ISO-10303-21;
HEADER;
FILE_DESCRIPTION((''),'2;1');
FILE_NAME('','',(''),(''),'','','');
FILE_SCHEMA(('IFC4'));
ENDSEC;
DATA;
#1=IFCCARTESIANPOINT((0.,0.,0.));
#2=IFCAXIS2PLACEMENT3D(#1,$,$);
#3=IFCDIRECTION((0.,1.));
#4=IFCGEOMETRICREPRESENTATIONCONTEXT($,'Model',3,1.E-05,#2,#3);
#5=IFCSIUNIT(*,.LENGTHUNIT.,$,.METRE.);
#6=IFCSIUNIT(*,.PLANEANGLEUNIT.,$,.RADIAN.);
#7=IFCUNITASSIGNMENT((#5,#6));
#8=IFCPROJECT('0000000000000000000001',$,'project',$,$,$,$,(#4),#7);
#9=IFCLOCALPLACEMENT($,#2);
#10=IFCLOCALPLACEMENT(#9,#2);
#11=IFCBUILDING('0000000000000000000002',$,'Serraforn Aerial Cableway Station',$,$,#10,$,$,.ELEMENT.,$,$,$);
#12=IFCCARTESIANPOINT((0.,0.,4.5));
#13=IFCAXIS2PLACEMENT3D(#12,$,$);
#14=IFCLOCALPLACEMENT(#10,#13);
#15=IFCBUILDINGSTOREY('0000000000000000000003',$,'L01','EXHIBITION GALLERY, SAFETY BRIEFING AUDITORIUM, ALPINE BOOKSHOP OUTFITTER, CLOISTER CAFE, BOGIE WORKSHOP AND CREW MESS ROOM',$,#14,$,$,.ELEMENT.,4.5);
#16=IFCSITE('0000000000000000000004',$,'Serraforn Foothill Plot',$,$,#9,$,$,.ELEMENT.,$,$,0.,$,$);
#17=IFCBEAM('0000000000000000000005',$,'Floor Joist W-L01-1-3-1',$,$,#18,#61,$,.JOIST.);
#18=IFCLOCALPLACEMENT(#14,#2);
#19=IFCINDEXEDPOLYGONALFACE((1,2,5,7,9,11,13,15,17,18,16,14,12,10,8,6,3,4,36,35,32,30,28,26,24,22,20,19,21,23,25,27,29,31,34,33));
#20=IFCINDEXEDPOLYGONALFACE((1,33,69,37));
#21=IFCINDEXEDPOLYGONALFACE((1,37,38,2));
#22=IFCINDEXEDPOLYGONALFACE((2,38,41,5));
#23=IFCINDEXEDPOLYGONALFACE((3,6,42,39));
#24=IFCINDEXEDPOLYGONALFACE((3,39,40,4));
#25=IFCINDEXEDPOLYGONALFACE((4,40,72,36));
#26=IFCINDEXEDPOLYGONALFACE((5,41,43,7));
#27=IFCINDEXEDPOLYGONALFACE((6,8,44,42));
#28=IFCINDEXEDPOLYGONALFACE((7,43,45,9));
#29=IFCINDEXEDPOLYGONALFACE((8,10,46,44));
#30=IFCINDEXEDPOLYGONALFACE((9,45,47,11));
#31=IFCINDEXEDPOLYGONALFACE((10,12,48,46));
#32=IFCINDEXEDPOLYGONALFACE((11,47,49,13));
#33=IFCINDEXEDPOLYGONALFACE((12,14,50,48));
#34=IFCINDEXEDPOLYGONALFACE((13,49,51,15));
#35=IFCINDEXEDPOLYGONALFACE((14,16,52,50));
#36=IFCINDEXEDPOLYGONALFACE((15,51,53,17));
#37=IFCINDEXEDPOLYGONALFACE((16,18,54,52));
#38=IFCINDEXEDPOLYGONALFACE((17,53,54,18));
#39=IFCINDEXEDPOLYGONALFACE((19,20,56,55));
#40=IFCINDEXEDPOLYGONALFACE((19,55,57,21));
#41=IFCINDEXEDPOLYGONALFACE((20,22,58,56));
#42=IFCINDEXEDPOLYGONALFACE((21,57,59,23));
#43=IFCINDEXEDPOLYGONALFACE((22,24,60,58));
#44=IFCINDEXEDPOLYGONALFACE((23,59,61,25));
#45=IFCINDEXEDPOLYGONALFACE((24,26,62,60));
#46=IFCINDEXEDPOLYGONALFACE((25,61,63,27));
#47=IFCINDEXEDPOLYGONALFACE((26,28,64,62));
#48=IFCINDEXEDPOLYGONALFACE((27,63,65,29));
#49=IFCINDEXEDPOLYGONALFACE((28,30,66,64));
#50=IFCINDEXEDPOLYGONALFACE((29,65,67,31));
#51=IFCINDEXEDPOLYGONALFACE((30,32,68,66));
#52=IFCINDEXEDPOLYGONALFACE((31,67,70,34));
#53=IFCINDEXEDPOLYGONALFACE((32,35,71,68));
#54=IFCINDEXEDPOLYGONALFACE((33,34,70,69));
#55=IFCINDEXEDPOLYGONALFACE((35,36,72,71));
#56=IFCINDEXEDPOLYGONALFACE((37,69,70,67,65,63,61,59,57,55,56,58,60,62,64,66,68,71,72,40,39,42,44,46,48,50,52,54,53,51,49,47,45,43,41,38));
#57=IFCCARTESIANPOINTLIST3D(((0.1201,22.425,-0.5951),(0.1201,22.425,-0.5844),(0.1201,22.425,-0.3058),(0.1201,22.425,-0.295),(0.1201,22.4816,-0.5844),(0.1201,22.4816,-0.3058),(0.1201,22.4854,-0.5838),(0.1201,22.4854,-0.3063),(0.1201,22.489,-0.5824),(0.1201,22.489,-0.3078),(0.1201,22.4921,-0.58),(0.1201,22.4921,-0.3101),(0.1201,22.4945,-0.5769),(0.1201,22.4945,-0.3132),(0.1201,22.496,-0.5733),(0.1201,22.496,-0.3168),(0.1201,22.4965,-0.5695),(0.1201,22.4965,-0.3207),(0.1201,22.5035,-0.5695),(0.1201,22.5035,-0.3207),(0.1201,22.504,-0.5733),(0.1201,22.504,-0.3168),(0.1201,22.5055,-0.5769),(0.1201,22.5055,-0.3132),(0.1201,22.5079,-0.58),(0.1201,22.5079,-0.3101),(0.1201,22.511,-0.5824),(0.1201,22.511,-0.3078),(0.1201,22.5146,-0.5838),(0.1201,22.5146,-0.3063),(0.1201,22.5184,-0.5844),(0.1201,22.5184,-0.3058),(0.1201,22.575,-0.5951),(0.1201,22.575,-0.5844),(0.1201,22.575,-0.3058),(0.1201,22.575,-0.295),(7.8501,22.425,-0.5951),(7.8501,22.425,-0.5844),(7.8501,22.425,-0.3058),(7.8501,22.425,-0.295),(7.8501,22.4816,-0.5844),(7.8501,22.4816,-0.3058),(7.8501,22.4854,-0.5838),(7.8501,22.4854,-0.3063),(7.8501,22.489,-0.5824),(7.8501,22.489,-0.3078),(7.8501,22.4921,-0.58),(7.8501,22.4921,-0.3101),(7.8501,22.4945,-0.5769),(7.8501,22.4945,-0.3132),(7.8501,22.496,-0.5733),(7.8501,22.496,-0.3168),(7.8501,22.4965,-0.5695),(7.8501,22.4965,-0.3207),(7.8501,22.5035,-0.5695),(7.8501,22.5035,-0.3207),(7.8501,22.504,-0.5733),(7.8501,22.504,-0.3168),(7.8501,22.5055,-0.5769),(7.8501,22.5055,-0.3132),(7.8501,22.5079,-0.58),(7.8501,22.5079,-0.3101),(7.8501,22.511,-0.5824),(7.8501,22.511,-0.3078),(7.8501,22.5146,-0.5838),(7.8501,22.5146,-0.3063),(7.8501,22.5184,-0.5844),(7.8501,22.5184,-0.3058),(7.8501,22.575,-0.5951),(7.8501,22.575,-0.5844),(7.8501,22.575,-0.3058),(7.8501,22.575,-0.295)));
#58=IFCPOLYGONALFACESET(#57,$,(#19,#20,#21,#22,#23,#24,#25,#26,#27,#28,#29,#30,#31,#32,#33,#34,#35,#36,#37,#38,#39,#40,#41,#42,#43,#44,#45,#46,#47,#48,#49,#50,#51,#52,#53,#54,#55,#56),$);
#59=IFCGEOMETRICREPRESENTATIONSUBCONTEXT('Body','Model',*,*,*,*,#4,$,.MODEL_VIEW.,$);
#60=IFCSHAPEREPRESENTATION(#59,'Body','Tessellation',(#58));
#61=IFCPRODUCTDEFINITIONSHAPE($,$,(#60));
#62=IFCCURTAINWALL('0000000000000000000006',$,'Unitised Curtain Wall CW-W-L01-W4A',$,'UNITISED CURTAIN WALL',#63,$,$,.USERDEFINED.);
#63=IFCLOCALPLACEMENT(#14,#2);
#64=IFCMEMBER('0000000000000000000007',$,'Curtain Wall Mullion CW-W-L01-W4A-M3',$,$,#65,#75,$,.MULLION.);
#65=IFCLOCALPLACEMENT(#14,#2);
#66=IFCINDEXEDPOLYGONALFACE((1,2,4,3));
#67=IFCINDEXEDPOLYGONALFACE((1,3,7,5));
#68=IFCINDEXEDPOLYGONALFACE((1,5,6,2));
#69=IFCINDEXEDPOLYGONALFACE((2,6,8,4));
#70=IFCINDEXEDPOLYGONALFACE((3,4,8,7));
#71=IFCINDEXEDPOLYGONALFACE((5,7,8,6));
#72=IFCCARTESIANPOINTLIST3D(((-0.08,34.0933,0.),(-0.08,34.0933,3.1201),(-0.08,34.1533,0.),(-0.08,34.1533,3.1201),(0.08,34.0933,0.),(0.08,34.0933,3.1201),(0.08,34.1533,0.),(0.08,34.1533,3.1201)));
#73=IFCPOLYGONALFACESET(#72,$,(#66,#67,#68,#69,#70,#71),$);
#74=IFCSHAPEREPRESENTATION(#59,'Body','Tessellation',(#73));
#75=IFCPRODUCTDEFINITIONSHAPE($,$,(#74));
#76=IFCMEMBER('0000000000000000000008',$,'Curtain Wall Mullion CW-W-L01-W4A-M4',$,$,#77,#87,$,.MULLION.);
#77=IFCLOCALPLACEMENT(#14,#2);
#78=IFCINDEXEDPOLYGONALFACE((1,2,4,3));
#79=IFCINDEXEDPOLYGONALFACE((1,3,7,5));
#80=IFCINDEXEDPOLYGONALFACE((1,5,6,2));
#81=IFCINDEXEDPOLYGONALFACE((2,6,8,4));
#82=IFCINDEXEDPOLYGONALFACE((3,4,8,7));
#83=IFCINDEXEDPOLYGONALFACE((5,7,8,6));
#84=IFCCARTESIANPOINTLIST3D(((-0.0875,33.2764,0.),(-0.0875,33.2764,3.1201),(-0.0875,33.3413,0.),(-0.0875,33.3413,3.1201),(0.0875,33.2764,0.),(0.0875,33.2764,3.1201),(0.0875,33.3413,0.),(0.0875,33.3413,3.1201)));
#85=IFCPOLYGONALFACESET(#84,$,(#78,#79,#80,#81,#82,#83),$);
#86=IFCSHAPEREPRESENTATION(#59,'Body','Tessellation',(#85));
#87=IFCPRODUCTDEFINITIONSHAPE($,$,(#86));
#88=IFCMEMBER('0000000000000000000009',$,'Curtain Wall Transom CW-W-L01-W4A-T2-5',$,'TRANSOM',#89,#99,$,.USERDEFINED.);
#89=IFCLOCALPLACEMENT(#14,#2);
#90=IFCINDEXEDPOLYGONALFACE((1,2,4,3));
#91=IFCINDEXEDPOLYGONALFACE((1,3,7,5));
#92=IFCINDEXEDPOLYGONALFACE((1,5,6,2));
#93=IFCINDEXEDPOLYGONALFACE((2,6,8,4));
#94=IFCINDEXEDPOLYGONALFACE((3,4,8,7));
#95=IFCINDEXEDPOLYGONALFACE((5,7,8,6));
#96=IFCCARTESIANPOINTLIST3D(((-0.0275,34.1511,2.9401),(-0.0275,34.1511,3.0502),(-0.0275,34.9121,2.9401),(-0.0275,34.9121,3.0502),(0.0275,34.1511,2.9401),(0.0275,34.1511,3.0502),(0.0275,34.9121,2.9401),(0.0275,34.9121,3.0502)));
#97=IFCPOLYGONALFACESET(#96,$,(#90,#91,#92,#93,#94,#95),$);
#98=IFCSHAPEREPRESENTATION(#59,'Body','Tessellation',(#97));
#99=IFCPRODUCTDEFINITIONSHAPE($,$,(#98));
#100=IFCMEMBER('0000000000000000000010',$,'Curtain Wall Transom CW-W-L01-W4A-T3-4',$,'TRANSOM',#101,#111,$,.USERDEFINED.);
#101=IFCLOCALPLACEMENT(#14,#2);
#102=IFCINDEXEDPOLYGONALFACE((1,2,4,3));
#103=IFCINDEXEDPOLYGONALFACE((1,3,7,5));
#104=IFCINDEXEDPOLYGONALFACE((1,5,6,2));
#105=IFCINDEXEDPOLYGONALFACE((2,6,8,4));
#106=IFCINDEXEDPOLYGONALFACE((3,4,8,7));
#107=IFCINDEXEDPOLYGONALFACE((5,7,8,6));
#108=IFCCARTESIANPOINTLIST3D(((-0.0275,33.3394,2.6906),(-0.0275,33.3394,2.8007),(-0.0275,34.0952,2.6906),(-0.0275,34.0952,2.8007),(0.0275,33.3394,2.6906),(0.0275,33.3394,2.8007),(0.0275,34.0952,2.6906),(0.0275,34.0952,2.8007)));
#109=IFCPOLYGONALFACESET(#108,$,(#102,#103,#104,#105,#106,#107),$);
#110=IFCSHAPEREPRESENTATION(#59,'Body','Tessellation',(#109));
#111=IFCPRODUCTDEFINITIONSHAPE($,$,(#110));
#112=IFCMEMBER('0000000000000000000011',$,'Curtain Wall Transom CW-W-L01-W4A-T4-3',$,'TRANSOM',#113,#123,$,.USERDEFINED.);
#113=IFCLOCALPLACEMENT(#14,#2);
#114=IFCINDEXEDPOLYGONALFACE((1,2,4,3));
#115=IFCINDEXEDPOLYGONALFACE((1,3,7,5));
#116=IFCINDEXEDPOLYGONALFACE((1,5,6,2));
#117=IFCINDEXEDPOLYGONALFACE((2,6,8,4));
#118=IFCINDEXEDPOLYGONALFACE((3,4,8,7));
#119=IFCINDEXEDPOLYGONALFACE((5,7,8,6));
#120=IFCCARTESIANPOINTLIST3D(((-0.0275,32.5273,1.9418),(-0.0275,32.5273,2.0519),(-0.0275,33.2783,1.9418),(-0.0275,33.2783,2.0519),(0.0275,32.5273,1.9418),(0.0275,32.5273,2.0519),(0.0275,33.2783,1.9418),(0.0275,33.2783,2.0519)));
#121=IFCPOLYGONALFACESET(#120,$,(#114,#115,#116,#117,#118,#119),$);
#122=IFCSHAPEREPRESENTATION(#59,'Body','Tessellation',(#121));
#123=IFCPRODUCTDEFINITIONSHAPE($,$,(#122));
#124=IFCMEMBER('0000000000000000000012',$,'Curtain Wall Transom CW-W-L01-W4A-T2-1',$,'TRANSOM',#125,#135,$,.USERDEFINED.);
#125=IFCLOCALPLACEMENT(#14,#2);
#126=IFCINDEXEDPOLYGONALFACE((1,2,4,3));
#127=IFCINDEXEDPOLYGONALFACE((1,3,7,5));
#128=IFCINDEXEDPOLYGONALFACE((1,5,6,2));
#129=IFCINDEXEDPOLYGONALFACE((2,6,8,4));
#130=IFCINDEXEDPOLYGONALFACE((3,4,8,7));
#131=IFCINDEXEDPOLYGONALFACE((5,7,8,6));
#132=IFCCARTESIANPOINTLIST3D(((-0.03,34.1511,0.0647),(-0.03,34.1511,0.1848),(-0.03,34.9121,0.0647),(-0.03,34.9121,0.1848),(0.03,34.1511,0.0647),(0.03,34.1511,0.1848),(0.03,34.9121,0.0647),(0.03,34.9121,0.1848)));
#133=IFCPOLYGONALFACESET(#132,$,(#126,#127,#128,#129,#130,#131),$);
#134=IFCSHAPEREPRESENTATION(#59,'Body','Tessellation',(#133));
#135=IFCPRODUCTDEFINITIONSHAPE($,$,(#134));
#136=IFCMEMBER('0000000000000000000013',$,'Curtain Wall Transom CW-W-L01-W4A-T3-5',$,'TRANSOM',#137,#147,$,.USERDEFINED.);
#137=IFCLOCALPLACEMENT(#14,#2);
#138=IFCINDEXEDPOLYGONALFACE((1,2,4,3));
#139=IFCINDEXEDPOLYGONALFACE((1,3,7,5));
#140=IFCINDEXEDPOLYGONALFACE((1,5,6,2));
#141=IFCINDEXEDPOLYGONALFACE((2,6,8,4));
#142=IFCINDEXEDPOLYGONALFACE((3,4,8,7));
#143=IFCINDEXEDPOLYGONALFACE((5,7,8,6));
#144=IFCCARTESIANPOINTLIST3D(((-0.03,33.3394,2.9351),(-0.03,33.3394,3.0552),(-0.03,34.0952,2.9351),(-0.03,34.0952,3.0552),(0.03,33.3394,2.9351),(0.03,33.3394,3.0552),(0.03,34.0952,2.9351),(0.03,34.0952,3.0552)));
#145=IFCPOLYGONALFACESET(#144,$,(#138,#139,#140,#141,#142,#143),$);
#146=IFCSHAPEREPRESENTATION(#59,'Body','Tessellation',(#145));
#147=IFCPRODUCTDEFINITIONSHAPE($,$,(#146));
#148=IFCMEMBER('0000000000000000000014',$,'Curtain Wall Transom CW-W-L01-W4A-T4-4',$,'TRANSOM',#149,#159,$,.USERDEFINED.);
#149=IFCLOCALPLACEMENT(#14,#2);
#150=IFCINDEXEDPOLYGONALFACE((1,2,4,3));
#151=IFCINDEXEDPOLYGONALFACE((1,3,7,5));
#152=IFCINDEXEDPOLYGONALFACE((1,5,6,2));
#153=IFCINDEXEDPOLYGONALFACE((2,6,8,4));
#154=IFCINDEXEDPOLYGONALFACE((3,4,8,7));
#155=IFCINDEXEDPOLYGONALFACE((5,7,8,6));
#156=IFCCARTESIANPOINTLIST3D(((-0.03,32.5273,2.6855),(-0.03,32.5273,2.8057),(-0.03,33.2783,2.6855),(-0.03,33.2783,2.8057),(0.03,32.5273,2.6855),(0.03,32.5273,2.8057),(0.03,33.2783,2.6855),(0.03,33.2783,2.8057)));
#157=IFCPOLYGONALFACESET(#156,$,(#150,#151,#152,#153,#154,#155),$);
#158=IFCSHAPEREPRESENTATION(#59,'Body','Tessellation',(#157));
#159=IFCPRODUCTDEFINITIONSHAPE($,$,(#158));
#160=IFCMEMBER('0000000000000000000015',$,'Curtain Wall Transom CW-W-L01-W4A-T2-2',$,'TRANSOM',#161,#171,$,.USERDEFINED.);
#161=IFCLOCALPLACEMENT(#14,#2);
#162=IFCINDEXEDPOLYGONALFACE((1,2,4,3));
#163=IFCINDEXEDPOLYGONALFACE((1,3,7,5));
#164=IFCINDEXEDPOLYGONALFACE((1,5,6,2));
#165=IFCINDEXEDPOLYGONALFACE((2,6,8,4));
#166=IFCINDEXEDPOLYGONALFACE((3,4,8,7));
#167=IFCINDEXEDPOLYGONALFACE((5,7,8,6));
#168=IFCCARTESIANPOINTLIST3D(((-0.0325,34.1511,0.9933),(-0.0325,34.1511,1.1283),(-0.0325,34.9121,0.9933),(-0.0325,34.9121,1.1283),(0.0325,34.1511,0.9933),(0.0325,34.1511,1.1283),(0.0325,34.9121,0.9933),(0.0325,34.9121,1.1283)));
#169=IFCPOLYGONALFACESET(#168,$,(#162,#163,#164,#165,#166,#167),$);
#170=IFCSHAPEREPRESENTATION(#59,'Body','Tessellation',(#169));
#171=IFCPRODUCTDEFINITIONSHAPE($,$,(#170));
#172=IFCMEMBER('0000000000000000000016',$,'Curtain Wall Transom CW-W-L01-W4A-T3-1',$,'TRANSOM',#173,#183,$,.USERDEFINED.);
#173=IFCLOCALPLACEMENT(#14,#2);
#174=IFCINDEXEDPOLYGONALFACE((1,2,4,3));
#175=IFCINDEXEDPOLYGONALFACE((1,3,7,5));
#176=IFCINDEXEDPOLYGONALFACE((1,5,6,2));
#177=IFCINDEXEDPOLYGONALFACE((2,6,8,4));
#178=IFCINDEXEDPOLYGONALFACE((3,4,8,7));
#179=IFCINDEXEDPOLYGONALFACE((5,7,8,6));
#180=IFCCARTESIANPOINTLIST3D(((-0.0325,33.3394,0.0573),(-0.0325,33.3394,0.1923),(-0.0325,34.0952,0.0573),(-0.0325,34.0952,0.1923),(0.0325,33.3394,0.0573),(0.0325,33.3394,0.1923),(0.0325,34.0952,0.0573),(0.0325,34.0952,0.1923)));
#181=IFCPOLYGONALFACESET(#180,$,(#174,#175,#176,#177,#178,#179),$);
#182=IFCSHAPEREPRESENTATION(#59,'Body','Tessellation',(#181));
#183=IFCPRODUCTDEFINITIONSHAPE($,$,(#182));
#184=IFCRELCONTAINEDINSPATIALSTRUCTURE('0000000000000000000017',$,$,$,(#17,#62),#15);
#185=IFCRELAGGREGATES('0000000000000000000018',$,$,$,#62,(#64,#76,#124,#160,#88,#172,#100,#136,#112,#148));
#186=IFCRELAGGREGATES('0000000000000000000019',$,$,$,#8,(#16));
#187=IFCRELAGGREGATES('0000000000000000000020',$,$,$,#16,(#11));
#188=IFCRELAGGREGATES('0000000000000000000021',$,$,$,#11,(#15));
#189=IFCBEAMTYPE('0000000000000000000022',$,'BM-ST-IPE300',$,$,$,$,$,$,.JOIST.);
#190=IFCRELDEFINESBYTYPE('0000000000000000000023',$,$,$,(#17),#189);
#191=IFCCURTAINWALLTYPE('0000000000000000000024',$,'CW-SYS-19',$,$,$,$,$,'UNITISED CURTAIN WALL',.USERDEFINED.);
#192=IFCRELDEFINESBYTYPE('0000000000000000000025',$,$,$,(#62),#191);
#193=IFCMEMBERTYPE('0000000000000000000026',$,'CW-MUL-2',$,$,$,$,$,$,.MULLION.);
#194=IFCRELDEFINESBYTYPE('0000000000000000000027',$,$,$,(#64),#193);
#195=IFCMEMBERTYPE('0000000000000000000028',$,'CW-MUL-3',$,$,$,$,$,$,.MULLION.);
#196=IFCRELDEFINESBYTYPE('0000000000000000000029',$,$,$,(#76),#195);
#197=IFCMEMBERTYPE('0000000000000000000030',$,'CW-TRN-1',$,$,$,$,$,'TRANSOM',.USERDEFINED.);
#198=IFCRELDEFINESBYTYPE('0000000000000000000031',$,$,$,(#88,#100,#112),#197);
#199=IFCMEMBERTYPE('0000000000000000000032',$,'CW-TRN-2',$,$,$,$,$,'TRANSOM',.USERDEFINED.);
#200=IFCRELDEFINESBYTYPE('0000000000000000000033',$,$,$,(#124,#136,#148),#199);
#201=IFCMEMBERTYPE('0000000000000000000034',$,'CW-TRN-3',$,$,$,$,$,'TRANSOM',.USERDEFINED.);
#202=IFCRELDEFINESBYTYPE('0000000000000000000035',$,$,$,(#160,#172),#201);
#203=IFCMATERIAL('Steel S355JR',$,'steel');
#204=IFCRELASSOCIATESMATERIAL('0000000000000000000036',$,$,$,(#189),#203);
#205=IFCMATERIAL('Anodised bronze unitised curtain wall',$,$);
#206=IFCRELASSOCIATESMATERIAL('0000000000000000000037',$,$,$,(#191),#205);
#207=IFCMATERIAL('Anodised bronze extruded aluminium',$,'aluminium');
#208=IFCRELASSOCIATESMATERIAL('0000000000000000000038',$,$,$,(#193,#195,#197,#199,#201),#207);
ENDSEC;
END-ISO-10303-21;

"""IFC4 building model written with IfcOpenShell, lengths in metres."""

from ifc_helpers import new_model, si_unit, direction, frame, origin, origin_2d, place, context, subcontext, project, spatial, rectangle, i_section, extrude, material, material_profile, profile_set, type_object, element, aggregate, save


model = new_model("IFC4")

# Units and contexts
model_context = context("Model", 3, precision=1e-05, world=origin(), true_north=direction((0.0, 1.0)))
body_context = subcontext(model_context, "Body", "Model", "MODEL_VIEW")
ifc_project = project(units=[si_unit("LENGTHUNIT", "METRE"), si_unit("PLANEANGLEUNIT", "RADIAN")], contexts=[model_context])

# Site, building, storey
site_placement = place(None, origin())
site = spatial("IfcSite", under=ifc_project, at=site_placement, Name="Serraforn Foothill Plot", CompositionType="ELEMENT", RefElevation=0.0)
building_placement = place(site_placement, origin())
building = spatial("IfcBuilding", under=site, at=building_placement, Name="Serraforn Aerial Cableway Station", CompositionType="ELEMENT")
storey_placement = place(building_placement, frame((0.0, 0.0, 4.5)))
storey = spatial("IfcBuildingStorey", under=building, at=storey_placement, Name="L01", Description="EXHIBITION GALLERY, SAFETY BRIEFING AUDITORIUM, ALPINE BOOKSHOP OUTFITTER, CLOISTER CAFE, BOGIE WORKSHOP AND CREW MESS ROOM", CompositionType="ELEMENT", Elevation=4.5)

# Beam
ifc_material_1 = material(Name="Steel S355JR", Category="steel")
ifc_material_profile_1 = material_profile(ifc_material_1, i_section(OverallWidth=0.1499, OverallDepth=0.3, WebThickness=0.0071, FlangeThickness=0.0107, FilletRadius=0.0149, at=origin_2d()), Name="IPE 300")
ifc_profile_set_1 = profile_set([ifc_material_profile_1], Name="Steel S355JR")
beam_type = type_object("IfcBeamType", Name="BM-ST-IPE300", PredefinedType="JOIST", material=ifc_profile_set_1)
beam_placement = place(storey_placement, frame((0.1201, 22.5, -0.4451), z_axis=(1.0, 0.0, 0.0), x_axis=(0.0, 1.0, 0.0)))
element("IfcBeam", 1, at=beam_placement, inside=storey, type_object=beam_type, Name="Floor Joist W-L01-1-3-1", PredefinedType="JOIST", context=body_context, shape_type="SweptSolid", body=[
    extrude(i_section(OverallWidth=0.1499, OverallDepth=0.3, WebThickness=0.0071, FlangeThickness=0.0107, FilletRadius=0.0149, at=origin_2d()), origin(), (0.0, 0.0, 1.0), 7.73),
])

# Curtain wall, members
ifc_material_2 = material(Name="Anodised bronze unitised curtain wall")
curtain_wall_type = type_object("IfcCurtainWallType", Name="CW-SYS-19", ElementType="UNITISED CURTAIN WALL", PredefinedType="USERDEFINED", material=ifc_material_2)
curtain_wall_placement = place(storey_placement, origin())
curtain_wall = element("IfcCurtainWall", 2, at=curtain_wall_placement, inside=storey, type_object=curtain_wall_type, Name="Unitised Curtain Wall CW-W-L01-W4A", ObjectType="UNITISED CURTAIN WALL", PredefinedType="USERDEFINED")
ifc_material_3 = material(Name="Anodised bronze extruded aluminium", Category="aluminium")
ifc_material_profile_2 = material_profile(ifc_material_3, rectangle(XDim=0.0601, YDim=0.1599, at=origin_2d()), Name="CW MULLION 60x160")
ifc_profile_set_2 = profile_set([ifc_material_profile_2], Name="Anodised bronze extruded aluminium")
member_type_1 = type_object("IfcMemberType", Name="CW-MUL-2", PredefinedType="MULLION", material=ifc_profile_set_2)
member_1_placement = place(storey_placement, frame((0.0, 34.1233, 0.0), z_axis=(0.0, 0.0, 1.0), x_axis=(0.0, -1.0, 0.0)))
member_1 = element("IfcMember", 3, at=member_1_placement, type_object=member_type_1, Name="Curtain Wall Mullion CW-W-L01-W4A-M3", PredefinedType="MULLION", context=body_context, shape_type="SweptSolid", body=[
    extrude(rectangle(XDim=0.0601, YDim=0.1599, at=origin_2d()), origin(), (0.0, 0.0, 1.0), 3.1201),
])
ifc_material_profile_3 = material_profile(ifc_material_3, rectangle(XDim=0.0649, YDim=0.175, at=origin_2d()), Name="CW MULLION 65x175")
ifc_profile_set_3 = profile_set([ifc_material_profile_3], Name="Anodised bronze extruded aluminium")
member_type_2 = type_object("IfcMemberType", Name="CW-MUL-3", PredefinedType="MULLION", material=ifc_profile_set_3)
member_2_placement = place(storey_placement, frame((0.0, 33.3088, 0.0), z_axis=(0.0, 0.0, 1.0), x_axis=(0.0, -1.0, 0.0)))
member_2 = element("IfcMember", 4, at=member_2_placement, type_object=member_type_2, Name="Curtain Wall Mullion CW-W-L01-W4A-M4", PredefinedType="MULLION", context=body_context, shape_type="SweptSolid", body=[
    extrude(rectangle(XDim=0.0649, YDim=0.175, at=origin_2d()), origin(), (0.0, 0.0, 1.0), 3.1201),
])
ifc_material_profile_4 = material_profile(ifc_material_3, rectangle(XDim=0.0549, YDim=0.1101, at=origin_2d()), Name="CW TRANSOM 55x110")
ifc_profile_set_4 = profile_set([ifc_material_profile_4], Name="Anodised bronze extruded aluminium")
member_type_3 = type_object("IfcMemberType", Name="CW-TRN-1", ElementType="TRANSOM", PredefinedType="USERDEFINED", material=ifc_profile_set_4)
member_3_placement = place(storey_placement, frame((0.0, 34.9121, 2.9951), z_axis=(0.0, -1.0, 0.0), x_axis=(1.0, 0.0, 0.0)))
member_3 = element("IfcMember", 5, at=member_3_placement, type_object=member_type_3, Name="Curtain Wall Transom CW-W-L01-W4A-T2-5", ObjectType="TRANSOM", PredefinedType="USERDEFINED", context=body_context, shape_type="SweptSolid", body=[
    extrude(rectangle(XDim=0.0549, YDim=0.1101, at=origin_2d()), origin(), (0.0, 0.0, 1.0), 0.761),
])
member_4_placement = place(storey_placement, frame((0.0, 34.0952, 2.7456), z_axis=(0.0, -1.0, 0.0), x_axis=(1.0, 0.0, 0.0)))
member_4 = element("IfcMember", 6, at=member_4_placement, type_object=member_type_3, Name="Curtain Wall Transom CW-W-L01-W4A-T3-4", ObjectType="TRANSOM", PredefinedType="USERDEFINED", context=body_context, shape_type="SweptSolid", body=[
    extrude(rectangle(XDim=0.0549, YDim=0.1101, at=origin_2d()), origin(), (0.0, 0.0, 1.0), 0.7559),
])
member_5_placement = place(storey_placement, frame((0.0, 33.2783, 1.9968), z_axis=(0.0, -1.0, 0.0), x_axis=(1.0, 0.0, 0.0)))
member_5 = element("IfcMember", 7, at=member_5_placement, type_object=member_type_3, Name="Curtain Wall Transom CW-W-L01-W4A-T4-3", ObjectType="TRANSOM", PredefinedType="USERDEFINED", context=body_context, shape_type="SweptSolid", body=[
    extrude(rectangle(XDim=0.0549, YDim=0.1101, at=origin_2d()), origin(), (0.0, 0.0, 1.0), 0.751),
])
ifc_material_profile_5 = material_profile(ifc_material_3, rectangle(XDim=0.0601, YDim=0.1201, at=origin_2d()), Name="CW TRANSOM 60x120")
ifc_profile_set_5 = profile_set([ifc_material_profile_5], Name="Anodised bronze extruded aluminium")
member_type_4 = type_object("IfcMemberType", Name="CW-TRN-2", ElementType="TRANSOM", PredefinedType="USERDEFINED", material=ifc_profile_set_5)
member_6_placement = place(storey_placement, frame((0.0, 34.9121, 0.1248), z_axis=(0.0, -1.0, 0.0), x_axis=(1.0, 0.0, 0.0)))
member_6 = element("IfcMember", 8, at=member_6_placement, type_object=member_type_4, Name="Curtain Wall Transom CW-W-L01-W4A-T2-1", ObjectType="TRANSOM", PredefinedType="USERDEFINED", context=body_context, shape_type="SweptSolid", body=[
    extrude(rectangle(XDim=0.0601, YDim=0.1201, at=origin_2d()), origin(), (0.0, 0.0, 1.0), 0.761),
])
member_7_placement = place(storey_placement, frame((0.0, 34.0952, 2.9951), z_axis=(0.0, -1.0, 0.0), x_axis=(1.0, 0.0, 0.0)))
member_7 = element("IfcMember", 9, at=member_7_placement, type_object=member_type_4, Name="Curtain Wall Transom CW-W-L01-W4A-T3-5", ObjectType="TRANSOM", PredefinedType="USERDEFINED", context=body_context, shape_type="SweptSolid", body=[
    extrude(rectangle(XDim=0.0601, YDim=0.1201, at=origin_2d()), origin(), (0.0, 0.0, 1.0), 0.7559),
])
member_8_placement = place(storey_placement, frame((0.0, 33.2783, 2.7456), z_axis=(0.0, -1.0, 0.0), x_axis=(1.0, 0.0, 0.0)))
member_8 = element("IfcMember", 10, at=member_8_placement, type_object=member_type_4, Name="Curtain Wall Transom CW-W-L01-W4A-T4-4", ObjectType="TRANSOM", PredefinedType="USERDEFINED", context=body_context, shape_type="SweptSolid", body=[
    extrude(rectangle(XDim=0.0601, YDim=0.1201, at=origin_2d()), origin(), (0.0, 0.0, 1.0), 0.751),
])
ifc_material_profile_6 = material_profile(ifc_material_3, rectangle(XDim=0.0649, YDim=0.135, at=origin_2d()), Name="CW TRANSOM 65x135")
ifc_profile_set_6 = profile_set([ifc_material_profile_6], Name="Anodised bronze extruded aluminium")
member_type_5 = type_object("IfcMemberType", Name="CW-TRN-3", ElementType="TRANSOM", PredefinedType="USERDEFINED", material=ifc_profile_set_6)
member_9_placement = place(storey_placement, frame((0.0, 34.9121, 1.0608), z_axis=(0.0, -1.0, 0.0), x_axis=(1.0, 0.0, 0.0)))
member_9 = element("IfcMember", 11, at=member_9_placement, type_object=member_type_5, Name="Curtain Wall Transom CW-W-L01-W4A-T2-2", ObjectType="TRANSOM", PredefinedType="USERDEFINED", context=body_context, shape_type="SweptSolid", body=[
    extrude(rectangle(XDim=0.0649, YDim=0.135, at=origin_2d()), origin(), (0.0, 0.0, 1.0), 0.761),
])
member_10_placement = place(storey_placement, frame((0.0, 34.0952, 0.1248), z_axis=(0.0, -1.0, 0.0), x_axis=(1.0, 0.0, 0.0)))
member_10 = element("IfcMember", 12, at=member_10_placement, type_object=member_type_5, Name="Curtain Wall Transom CW-W-L01-W4A-T3-1", ObjectType="TRANSOM", PredefinedType="USERDEFINED", context=body_context, shape_type="SweptSolid", body=[
    extrude(rectangle(XDim=0.0649, YDim=0.135, at=origin_2d()), origin(), (0.0, 0.0, 1.0), 0.7559),
])
aggregate(curtain_wall, [member_1, member_2, member_6, member_9, member_3, member_10, member_4, member_7, member_5, member_8])

save(model, "model.ifc")
